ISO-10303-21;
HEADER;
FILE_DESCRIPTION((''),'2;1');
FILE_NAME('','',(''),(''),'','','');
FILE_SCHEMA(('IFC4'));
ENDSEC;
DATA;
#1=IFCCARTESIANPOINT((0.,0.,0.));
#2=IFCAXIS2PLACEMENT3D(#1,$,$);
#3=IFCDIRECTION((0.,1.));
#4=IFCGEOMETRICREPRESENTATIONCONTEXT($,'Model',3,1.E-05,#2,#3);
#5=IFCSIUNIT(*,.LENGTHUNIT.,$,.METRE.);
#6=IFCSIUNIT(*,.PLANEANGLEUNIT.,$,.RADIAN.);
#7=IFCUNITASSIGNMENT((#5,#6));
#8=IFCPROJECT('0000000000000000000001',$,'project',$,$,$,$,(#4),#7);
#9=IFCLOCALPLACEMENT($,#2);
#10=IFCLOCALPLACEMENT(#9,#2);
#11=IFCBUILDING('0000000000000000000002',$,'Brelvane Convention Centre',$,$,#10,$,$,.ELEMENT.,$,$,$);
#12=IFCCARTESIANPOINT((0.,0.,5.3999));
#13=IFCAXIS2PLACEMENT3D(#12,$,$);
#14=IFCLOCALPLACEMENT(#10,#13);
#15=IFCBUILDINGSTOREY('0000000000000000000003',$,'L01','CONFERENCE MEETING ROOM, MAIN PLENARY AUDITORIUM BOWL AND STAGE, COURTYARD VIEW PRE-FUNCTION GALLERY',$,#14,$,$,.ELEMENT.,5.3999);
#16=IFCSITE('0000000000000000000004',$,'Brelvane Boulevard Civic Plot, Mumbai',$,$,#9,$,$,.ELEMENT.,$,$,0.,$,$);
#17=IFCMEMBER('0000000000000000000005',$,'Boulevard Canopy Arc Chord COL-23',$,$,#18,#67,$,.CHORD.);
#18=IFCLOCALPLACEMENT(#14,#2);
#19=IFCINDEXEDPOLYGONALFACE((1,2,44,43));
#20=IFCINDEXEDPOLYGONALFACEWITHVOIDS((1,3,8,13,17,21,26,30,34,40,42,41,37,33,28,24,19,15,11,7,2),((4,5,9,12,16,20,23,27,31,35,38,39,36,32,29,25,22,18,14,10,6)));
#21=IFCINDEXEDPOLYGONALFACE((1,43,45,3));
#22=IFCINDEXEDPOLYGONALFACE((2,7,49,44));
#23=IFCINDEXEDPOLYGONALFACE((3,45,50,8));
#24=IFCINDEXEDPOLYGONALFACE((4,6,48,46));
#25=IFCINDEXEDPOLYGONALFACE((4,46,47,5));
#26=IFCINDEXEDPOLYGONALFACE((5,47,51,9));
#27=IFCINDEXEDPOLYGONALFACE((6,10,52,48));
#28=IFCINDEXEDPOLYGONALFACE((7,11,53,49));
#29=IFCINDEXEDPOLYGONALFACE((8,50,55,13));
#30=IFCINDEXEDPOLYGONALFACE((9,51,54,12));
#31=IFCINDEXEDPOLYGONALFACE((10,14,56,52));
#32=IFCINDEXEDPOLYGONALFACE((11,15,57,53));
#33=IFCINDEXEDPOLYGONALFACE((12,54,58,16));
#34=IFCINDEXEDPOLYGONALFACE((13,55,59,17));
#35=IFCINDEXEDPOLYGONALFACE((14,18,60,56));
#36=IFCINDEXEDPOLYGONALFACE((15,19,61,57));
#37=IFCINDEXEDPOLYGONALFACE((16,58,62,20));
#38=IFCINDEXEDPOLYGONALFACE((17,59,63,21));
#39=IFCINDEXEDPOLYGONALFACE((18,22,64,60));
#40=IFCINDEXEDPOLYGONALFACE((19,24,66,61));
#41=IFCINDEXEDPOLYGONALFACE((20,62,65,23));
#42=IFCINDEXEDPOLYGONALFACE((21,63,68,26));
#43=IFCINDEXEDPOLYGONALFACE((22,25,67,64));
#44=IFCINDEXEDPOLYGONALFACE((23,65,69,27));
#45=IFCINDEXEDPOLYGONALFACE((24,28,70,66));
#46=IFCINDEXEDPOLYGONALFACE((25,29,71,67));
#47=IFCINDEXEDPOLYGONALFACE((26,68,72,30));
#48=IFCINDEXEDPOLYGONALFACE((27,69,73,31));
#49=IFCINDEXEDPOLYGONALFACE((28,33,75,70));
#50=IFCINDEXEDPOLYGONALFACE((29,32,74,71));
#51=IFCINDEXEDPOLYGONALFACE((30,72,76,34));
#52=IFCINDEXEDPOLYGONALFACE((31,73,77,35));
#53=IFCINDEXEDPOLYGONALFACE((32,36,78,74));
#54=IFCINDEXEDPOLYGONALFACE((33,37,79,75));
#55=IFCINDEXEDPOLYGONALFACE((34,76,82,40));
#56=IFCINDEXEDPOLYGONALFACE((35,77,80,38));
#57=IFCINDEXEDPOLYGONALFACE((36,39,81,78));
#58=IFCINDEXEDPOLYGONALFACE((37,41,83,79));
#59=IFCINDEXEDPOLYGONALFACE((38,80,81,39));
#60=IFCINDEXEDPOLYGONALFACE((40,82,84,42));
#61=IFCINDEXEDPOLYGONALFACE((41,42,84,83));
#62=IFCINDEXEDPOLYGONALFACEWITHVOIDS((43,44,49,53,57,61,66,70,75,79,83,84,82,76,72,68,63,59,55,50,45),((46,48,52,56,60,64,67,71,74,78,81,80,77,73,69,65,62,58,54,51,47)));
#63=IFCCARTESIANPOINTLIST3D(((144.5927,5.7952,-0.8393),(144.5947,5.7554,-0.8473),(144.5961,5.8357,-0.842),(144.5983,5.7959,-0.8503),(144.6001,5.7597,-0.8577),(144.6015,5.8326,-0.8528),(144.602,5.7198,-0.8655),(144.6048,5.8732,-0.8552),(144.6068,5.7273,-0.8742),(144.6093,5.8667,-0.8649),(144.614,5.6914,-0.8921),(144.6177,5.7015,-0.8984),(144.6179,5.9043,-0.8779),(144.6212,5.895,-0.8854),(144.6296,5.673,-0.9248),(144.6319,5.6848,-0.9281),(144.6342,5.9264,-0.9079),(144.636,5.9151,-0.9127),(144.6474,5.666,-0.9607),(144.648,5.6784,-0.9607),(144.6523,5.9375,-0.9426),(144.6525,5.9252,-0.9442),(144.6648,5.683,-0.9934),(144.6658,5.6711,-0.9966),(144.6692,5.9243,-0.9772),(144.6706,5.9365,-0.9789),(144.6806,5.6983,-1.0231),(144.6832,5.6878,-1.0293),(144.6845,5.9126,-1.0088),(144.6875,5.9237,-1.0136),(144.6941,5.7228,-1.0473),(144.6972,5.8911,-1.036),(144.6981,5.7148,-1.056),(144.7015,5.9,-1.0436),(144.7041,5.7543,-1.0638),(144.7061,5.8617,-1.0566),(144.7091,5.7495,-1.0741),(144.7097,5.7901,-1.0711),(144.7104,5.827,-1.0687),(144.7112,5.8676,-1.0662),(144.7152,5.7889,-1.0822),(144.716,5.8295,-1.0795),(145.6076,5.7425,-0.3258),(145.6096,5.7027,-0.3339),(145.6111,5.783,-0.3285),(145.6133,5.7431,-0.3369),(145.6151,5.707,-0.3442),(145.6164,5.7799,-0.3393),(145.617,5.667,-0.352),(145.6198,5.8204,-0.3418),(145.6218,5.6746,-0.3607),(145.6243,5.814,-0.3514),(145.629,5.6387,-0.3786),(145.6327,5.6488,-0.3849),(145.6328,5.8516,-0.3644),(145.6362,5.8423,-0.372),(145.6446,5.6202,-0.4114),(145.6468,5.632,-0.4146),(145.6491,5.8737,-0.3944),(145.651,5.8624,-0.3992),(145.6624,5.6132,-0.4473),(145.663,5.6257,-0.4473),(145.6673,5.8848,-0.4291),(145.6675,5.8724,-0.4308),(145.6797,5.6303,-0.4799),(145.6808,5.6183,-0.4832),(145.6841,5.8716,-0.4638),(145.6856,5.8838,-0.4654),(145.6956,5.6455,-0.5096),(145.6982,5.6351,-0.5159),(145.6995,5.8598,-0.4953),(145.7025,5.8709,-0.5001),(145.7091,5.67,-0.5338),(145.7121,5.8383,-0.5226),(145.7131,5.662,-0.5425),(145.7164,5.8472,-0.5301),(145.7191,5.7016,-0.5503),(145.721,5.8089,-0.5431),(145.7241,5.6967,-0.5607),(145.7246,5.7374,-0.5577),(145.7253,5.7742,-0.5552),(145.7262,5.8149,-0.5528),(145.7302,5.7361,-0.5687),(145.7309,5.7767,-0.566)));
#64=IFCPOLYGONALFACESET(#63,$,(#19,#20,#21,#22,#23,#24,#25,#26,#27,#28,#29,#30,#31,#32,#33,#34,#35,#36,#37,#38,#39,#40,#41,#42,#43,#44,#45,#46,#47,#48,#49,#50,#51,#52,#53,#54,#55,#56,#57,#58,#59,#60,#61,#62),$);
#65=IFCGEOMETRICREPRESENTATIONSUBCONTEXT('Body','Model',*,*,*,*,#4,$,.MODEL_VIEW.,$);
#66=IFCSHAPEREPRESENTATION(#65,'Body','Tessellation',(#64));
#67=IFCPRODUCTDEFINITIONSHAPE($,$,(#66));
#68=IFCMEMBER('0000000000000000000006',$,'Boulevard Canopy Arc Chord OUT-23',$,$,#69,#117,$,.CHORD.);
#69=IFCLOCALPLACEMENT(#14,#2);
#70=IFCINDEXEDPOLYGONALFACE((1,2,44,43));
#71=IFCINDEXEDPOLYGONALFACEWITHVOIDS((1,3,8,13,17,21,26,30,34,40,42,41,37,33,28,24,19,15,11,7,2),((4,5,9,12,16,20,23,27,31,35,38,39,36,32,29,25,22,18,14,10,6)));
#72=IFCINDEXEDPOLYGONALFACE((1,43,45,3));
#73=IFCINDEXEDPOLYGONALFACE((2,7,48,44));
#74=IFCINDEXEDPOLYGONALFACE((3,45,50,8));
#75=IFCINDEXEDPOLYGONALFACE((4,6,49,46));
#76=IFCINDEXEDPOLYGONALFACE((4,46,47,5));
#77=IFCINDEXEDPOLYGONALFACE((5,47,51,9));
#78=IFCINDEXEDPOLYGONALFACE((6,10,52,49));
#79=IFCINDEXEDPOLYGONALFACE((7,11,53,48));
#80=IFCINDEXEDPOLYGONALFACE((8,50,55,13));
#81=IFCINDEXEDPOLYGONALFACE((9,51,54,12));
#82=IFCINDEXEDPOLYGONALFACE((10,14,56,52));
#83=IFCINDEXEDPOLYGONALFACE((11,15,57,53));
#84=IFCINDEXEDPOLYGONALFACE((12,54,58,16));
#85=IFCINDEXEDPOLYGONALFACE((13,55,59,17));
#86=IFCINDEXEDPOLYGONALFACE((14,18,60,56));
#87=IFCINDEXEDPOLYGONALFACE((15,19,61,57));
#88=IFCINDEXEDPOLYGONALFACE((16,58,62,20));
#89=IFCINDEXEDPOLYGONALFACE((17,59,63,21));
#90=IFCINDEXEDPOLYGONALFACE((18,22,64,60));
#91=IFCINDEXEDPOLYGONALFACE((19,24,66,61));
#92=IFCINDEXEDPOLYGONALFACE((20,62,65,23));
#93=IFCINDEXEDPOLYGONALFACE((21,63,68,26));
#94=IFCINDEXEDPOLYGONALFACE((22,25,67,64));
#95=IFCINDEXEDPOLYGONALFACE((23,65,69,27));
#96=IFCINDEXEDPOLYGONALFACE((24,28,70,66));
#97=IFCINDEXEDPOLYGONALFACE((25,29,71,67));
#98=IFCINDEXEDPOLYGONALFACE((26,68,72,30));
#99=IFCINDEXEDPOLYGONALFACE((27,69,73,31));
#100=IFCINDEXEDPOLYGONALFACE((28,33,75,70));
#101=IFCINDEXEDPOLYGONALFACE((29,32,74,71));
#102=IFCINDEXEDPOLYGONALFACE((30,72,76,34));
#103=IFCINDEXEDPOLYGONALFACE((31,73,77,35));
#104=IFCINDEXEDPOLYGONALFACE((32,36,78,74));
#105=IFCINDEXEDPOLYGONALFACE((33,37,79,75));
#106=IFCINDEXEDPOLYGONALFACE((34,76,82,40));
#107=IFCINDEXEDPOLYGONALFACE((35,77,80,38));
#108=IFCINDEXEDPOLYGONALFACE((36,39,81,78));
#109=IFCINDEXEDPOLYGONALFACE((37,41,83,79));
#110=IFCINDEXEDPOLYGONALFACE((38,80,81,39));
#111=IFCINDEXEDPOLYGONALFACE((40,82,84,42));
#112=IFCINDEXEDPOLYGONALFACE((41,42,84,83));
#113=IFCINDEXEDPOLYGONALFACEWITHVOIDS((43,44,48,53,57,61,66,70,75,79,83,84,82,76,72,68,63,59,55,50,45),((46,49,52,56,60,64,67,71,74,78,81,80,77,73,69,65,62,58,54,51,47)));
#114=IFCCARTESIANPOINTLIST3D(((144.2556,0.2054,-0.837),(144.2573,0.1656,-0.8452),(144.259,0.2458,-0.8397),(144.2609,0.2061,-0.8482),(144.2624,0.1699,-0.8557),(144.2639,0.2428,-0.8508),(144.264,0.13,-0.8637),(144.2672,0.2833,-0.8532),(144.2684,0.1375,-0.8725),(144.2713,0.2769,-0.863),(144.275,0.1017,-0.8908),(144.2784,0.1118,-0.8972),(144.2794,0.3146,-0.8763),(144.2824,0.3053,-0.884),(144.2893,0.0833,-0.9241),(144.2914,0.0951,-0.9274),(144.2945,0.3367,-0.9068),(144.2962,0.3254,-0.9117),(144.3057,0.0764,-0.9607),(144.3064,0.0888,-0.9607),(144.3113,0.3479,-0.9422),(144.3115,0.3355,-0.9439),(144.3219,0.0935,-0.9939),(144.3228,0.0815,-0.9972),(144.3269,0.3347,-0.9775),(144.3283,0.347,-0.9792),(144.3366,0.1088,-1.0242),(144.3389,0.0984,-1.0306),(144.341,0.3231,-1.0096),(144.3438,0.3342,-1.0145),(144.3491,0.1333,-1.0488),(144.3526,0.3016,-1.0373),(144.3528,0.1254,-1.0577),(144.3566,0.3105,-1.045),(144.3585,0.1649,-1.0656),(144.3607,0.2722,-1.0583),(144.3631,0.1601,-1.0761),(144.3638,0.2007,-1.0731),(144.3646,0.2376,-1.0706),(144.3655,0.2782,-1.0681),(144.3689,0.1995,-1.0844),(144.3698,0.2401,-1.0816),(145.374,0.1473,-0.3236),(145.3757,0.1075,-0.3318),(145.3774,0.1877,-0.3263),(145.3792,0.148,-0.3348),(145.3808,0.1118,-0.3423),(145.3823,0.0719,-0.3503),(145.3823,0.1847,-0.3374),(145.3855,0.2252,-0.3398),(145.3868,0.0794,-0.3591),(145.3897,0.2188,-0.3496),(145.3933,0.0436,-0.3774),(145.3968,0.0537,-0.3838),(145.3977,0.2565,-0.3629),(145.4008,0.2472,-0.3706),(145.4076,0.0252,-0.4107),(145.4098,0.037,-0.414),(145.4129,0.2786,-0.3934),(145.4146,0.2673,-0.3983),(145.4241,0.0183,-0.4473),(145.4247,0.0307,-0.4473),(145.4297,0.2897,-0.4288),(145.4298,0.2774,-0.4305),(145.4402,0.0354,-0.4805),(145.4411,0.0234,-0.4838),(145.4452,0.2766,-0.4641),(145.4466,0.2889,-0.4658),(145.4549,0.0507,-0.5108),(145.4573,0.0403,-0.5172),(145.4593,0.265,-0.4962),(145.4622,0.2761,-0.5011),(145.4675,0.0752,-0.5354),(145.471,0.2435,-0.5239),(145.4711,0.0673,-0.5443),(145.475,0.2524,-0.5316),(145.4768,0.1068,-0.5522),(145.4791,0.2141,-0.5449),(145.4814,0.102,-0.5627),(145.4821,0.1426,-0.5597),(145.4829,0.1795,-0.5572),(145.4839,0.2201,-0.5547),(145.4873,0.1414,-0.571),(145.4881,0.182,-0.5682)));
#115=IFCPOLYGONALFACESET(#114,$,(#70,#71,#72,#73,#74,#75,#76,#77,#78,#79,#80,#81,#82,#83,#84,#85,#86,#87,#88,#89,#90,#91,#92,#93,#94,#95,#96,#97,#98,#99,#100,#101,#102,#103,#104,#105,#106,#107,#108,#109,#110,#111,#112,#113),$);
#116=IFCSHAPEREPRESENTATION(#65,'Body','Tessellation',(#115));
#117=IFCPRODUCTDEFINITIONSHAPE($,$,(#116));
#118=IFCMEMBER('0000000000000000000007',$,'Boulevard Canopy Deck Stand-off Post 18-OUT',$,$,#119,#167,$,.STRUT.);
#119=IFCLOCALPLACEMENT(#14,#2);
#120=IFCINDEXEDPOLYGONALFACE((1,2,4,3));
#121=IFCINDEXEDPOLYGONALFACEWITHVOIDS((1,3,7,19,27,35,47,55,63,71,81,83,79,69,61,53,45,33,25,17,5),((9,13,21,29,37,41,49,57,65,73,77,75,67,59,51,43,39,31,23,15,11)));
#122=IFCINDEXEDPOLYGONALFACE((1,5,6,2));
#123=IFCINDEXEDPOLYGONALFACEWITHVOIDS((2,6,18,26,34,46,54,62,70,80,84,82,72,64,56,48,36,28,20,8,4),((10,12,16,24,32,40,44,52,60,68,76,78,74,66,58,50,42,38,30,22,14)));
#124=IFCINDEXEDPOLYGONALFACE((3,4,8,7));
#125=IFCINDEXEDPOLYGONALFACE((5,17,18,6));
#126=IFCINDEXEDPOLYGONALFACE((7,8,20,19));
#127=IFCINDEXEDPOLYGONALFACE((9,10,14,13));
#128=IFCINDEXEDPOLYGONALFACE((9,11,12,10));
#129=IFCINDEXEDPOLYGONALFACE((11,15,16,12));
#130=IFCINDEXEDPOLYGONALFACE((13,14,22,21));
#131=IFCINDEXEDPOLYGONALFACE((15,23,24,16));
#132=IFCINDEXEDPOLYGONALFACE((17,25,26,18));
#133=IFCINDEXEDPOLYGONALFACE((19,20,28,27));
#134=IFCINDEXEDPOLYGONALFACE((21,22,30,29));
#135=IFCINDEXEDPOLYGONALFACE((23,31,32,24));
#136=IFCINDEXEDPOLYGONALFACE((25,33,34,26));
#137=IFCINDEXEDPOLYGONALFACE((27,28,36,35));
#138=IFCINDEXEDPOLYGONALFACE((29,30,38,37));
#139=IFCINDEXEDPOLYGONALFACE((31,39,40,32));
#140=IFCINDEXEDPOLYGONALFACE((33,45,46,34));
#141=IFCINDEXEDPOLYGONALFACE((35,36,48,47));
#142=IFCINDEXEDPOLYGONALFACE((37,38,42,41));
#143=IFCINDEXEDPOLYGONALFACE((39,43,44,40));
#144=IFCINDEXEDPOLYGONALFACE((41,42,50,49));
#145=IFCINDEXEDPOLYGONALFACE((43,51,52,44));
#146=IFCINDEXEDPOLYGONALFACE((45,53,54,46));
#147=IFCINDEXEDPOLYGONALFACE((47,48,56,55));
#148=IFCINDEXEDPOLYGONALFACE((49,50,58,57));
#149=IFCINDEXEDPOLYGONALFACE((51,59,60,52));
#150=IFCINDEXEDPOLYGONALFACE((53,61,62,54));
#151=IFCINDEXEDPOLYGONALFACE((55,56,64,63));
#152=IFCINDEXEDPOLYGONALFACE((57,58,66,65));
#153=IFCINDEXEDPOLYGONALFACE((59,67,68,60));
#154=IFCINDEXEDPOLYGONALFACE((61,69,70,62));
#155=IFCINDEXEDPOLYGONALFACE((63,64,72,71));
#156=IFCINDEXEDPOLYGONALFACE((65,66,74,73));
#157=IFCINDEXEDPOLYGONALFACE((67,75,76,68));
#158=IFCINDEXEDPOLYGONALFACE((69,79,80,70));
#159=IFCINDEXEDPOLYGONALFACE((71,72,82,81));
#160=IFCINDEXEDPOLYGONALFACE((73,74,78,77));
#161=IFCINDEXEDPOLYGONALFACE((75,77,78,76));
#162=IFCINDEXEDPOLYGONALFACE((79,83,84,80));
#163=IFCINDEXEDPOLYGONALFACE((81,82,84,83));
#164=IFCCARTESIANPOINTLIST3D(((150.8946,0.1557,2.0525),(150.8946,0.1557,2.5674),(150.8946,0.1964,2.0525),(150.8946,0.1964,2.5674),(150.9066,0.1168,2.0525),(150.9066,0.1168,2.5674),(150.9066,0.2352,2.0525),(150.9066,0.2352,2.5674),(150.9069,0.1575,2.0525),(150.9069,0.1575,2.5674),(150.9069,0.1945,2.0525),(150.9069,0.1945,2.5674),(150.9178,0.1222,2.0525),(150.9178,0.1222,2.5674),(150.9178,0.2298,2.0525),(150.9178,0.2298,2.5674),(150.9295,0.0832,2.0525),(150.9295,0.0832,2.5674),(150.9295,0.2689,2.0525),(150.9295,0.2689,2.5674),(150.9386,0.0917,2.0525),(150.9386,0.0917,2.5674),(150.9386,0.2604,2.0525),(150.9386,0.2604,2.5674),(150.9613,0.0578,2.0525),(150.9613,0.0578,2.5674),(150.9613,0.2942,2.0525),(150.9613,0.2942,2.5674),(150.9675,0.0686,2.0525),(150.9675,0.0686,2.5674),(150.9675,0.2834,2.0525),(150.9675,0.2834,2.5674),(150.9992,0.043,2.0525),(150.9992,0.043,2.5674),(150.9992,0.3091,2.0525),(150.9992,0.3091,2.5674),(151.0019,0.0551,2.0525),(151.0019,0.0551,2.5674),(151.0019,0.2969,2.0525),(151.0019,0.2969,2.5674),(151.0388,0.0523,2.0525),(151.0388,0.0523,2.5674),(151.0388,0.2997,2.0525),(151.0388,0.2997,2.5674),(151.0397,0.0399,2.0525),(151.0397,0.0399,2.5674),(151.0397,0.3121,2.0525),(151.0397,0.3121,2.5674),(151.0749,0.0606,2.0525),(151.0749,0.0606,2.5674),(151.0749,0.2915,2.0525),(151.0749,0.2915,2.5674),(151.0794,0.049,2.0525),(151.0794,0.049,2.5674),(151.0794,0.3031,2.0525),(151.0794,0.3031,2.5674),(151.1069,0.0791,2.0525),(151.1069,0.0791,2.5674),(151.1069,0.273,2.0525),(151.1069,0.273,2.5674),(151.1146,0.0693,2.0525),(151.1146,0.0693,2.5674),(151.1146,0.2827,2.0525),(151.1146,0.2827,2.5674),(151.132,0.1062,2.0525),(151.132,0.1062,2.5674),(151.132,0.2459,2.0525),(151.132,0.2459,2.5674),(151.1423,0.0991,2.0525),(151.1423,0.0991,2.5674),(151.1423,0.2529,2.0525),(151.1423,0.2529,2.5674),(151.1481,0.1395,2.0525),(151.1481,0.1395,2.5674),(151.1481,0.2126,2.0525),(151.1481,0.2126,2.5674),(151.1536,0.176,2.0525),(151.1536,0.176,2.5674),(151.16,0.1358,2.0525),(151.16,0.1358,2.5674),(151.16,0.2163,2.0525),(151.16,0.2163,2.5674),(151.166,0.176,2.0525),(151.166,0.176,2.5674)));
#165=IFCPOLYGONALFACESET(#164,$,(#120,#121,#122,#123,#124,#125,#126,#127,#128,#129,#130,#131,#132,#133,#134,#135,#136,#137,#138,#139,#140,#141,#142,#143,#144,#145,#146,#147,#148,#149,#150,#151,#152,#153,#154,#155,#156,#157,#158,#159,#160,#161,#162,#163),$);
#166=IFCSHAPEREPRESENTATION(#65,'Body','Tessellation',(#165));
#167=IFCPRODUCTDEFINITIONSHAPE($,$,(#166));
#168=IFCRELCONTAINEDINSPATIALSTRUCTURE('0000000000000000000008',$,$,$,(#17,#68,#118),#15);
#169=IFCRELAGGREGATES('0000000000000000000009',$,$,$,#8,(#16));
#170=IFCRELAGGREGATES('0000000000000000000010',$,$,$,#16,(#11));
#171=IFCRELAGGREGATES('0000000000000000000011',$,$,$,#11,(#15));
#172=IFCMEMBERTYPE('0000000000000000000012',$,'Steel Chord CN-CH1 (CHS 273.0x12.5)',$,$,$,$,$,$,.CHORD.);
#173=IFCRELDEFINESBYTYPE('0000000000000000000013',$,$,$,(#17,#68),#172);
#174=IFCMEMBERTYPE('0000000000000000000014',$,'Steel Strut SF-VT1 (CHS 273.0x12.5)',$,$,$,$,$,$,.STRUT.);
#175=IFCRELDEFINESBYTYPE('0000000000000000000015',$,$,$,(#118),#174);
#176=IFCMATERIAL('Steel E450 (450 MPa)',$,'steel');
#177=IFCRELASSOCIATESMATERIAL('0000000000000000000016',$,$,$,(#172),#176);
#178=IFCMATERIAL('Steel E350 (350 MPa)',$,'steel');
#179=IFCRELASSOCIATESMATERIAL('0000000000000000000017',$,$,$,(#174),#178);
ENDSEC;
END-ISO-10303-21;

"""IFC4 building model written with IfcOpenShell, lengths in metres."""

from ifc_helpers import new_model, si_unit, direction, frame, origin, origin_2d, place, context, subcontext, project, spatial, hollow_circle, extrude, material, material_profile, profile_set, type_object, element, save


model = new_model("IFC4")

# Units and contexts
model_context = context("Model", 3, precision=1e-05, world=origin(), true_north=direction((0.0, 1.0)))
body_context = subcontext(model_context, "Body", "Model", "MODEL_VIEW")
ifc_project = project(units=[si_unit("LENGTHUNIT", "METRE"), si_unit("PLANEANGLEUNIT", "RADIAN")], contexts=[model_context])

# Site, building, storey
site_placement = place(None, origin())
site = spatial("IfcSite", under=ifc_project, at=site_placement, Name="Brelvane Boulevard Civic Plot, Mumbai", CompositionType="ELEMENT", RefElevation=0.0)
building_placement = place(site_placement, origin())
building = spatial("IfcBuilding", under=site, at=building_placement, Name="Brelvane Convention Centre", CompositionType="ELEMENT")
storey_placement = place(building_placement, frame((0.0, 0.0, 5.3999)))
storey = spatial("IfcBuildingStorey", under=building, at=storey_placement, Name="L01", Description="CONFERENCE MEETING ROOM, MAIN PLENARY AUDITORIUM BOWL AND STAGE, COURTYARD VIEW PRE-FUNCTION GALLERY", CompositionType="ELEMENT", Elevation=5.3999)

# Members
ifc_material_1 = material(Name="Steel E450 (450 MPa)", Category="steel")
ifc_material_profile_1 = material_profile(ifc_material_1, hollow_circle(Radius=0.1365, WallThickness=0.0125, at=origin_2d()), Name="CHS 273.0x12.5")
ifc_profile_set_1 = profile_set([ifc_material_profile_1], Name="Steel E450 (450 MPa)")
member_type_1 = type_object("IfcMemberType", Name="Steel Chord CN-CH1 (CHS 273.0x12.5)", PredefinedType="CHORD", material=ifc_profile_set_1)
member_1_placement = place(storey_placement, frame((145.6694, 5.7495, -0.4473), z_axis=(-0.891356, 0.046315, -0.450931), x_axis=(-0.051891, -0.998653, 0.0)))
element("IfcMember", 1, at=member_1_placement, inside=storey, type_object=member_type_1, Name="Boulevard Canopy Arc Chord COL-23", PredefinedType="CHORD", context=body_context, shape_type="SweptSolid", body=[
    extrude(hollow_circle(Radius=0.1365, WallThickness=0.0125, at=origin_2d()), origin(), (0.0, 0.0, 1.0), 1.1387),
])
member_2_placement = place(storey_placement, frame((145.4312, 0.1545, -0.4473), z_axis=(-0.9078, 0.047164, -0.416744), x_axis=(-0.051884, -0.998653, 0.0)))
element("IfcMember", 2, at=member_2_placement, inside=storey, type_object=member_type_1, Name="Boulevard Canopy Arc Chord OUT-23", PredefinedType="CHORD", context=body_context, shape_type="SweptSolid", body=[
    extrude(hollow_circle(Radius=0.1365, WallThickness=0.0125, at=origin_2d()), origin(), (0.0, 0.0, 1.0), 1.2319),
])
ifc_material_2 = material(Name="Steel E350 (350 MPa)", Category="steel")
ifc_material_profile_2 = material_profile(ifc_material_2, hollow_circle(Radius=0.1365, WallThickness=0.0125, at=origin_2d()), Name="CHS 273.0x12.5")
ifc_profile_set_2 = profile_set([ifc_material_profile_2], Name="Steel E350 (350 MPa)")
member_type_2 = type_object("IfcMemberType", Name="Steel Strut SF-VT1 (CHS 273.0x12.5)", PredefinedType="STRUT", material=ifc_profile_set_2)
member_3_placement = place(storey_placement, frame((151.0295, 0.176, 2.0525), z_axis=(0.0, 0.0, 1.0), x_axis=(1.0, 0.0, 0.0)))
element("IfcMember", 3, at=member_3_placement, inside=storey, type_object=member_type_2, Name="Boulevard Canopy Deck Stand-off Post 18-OUT", PredefinedType="STRUT", context=body_context, shape_type="SweptSolid", body=[
    extrude(hollow_circle(Radius=0.1365, WallThickness=0.0125, at=origin_2d()), origin(), (0.0, 0.0, 1.0), 0.5149),
])

save(model, "model.ifc")
